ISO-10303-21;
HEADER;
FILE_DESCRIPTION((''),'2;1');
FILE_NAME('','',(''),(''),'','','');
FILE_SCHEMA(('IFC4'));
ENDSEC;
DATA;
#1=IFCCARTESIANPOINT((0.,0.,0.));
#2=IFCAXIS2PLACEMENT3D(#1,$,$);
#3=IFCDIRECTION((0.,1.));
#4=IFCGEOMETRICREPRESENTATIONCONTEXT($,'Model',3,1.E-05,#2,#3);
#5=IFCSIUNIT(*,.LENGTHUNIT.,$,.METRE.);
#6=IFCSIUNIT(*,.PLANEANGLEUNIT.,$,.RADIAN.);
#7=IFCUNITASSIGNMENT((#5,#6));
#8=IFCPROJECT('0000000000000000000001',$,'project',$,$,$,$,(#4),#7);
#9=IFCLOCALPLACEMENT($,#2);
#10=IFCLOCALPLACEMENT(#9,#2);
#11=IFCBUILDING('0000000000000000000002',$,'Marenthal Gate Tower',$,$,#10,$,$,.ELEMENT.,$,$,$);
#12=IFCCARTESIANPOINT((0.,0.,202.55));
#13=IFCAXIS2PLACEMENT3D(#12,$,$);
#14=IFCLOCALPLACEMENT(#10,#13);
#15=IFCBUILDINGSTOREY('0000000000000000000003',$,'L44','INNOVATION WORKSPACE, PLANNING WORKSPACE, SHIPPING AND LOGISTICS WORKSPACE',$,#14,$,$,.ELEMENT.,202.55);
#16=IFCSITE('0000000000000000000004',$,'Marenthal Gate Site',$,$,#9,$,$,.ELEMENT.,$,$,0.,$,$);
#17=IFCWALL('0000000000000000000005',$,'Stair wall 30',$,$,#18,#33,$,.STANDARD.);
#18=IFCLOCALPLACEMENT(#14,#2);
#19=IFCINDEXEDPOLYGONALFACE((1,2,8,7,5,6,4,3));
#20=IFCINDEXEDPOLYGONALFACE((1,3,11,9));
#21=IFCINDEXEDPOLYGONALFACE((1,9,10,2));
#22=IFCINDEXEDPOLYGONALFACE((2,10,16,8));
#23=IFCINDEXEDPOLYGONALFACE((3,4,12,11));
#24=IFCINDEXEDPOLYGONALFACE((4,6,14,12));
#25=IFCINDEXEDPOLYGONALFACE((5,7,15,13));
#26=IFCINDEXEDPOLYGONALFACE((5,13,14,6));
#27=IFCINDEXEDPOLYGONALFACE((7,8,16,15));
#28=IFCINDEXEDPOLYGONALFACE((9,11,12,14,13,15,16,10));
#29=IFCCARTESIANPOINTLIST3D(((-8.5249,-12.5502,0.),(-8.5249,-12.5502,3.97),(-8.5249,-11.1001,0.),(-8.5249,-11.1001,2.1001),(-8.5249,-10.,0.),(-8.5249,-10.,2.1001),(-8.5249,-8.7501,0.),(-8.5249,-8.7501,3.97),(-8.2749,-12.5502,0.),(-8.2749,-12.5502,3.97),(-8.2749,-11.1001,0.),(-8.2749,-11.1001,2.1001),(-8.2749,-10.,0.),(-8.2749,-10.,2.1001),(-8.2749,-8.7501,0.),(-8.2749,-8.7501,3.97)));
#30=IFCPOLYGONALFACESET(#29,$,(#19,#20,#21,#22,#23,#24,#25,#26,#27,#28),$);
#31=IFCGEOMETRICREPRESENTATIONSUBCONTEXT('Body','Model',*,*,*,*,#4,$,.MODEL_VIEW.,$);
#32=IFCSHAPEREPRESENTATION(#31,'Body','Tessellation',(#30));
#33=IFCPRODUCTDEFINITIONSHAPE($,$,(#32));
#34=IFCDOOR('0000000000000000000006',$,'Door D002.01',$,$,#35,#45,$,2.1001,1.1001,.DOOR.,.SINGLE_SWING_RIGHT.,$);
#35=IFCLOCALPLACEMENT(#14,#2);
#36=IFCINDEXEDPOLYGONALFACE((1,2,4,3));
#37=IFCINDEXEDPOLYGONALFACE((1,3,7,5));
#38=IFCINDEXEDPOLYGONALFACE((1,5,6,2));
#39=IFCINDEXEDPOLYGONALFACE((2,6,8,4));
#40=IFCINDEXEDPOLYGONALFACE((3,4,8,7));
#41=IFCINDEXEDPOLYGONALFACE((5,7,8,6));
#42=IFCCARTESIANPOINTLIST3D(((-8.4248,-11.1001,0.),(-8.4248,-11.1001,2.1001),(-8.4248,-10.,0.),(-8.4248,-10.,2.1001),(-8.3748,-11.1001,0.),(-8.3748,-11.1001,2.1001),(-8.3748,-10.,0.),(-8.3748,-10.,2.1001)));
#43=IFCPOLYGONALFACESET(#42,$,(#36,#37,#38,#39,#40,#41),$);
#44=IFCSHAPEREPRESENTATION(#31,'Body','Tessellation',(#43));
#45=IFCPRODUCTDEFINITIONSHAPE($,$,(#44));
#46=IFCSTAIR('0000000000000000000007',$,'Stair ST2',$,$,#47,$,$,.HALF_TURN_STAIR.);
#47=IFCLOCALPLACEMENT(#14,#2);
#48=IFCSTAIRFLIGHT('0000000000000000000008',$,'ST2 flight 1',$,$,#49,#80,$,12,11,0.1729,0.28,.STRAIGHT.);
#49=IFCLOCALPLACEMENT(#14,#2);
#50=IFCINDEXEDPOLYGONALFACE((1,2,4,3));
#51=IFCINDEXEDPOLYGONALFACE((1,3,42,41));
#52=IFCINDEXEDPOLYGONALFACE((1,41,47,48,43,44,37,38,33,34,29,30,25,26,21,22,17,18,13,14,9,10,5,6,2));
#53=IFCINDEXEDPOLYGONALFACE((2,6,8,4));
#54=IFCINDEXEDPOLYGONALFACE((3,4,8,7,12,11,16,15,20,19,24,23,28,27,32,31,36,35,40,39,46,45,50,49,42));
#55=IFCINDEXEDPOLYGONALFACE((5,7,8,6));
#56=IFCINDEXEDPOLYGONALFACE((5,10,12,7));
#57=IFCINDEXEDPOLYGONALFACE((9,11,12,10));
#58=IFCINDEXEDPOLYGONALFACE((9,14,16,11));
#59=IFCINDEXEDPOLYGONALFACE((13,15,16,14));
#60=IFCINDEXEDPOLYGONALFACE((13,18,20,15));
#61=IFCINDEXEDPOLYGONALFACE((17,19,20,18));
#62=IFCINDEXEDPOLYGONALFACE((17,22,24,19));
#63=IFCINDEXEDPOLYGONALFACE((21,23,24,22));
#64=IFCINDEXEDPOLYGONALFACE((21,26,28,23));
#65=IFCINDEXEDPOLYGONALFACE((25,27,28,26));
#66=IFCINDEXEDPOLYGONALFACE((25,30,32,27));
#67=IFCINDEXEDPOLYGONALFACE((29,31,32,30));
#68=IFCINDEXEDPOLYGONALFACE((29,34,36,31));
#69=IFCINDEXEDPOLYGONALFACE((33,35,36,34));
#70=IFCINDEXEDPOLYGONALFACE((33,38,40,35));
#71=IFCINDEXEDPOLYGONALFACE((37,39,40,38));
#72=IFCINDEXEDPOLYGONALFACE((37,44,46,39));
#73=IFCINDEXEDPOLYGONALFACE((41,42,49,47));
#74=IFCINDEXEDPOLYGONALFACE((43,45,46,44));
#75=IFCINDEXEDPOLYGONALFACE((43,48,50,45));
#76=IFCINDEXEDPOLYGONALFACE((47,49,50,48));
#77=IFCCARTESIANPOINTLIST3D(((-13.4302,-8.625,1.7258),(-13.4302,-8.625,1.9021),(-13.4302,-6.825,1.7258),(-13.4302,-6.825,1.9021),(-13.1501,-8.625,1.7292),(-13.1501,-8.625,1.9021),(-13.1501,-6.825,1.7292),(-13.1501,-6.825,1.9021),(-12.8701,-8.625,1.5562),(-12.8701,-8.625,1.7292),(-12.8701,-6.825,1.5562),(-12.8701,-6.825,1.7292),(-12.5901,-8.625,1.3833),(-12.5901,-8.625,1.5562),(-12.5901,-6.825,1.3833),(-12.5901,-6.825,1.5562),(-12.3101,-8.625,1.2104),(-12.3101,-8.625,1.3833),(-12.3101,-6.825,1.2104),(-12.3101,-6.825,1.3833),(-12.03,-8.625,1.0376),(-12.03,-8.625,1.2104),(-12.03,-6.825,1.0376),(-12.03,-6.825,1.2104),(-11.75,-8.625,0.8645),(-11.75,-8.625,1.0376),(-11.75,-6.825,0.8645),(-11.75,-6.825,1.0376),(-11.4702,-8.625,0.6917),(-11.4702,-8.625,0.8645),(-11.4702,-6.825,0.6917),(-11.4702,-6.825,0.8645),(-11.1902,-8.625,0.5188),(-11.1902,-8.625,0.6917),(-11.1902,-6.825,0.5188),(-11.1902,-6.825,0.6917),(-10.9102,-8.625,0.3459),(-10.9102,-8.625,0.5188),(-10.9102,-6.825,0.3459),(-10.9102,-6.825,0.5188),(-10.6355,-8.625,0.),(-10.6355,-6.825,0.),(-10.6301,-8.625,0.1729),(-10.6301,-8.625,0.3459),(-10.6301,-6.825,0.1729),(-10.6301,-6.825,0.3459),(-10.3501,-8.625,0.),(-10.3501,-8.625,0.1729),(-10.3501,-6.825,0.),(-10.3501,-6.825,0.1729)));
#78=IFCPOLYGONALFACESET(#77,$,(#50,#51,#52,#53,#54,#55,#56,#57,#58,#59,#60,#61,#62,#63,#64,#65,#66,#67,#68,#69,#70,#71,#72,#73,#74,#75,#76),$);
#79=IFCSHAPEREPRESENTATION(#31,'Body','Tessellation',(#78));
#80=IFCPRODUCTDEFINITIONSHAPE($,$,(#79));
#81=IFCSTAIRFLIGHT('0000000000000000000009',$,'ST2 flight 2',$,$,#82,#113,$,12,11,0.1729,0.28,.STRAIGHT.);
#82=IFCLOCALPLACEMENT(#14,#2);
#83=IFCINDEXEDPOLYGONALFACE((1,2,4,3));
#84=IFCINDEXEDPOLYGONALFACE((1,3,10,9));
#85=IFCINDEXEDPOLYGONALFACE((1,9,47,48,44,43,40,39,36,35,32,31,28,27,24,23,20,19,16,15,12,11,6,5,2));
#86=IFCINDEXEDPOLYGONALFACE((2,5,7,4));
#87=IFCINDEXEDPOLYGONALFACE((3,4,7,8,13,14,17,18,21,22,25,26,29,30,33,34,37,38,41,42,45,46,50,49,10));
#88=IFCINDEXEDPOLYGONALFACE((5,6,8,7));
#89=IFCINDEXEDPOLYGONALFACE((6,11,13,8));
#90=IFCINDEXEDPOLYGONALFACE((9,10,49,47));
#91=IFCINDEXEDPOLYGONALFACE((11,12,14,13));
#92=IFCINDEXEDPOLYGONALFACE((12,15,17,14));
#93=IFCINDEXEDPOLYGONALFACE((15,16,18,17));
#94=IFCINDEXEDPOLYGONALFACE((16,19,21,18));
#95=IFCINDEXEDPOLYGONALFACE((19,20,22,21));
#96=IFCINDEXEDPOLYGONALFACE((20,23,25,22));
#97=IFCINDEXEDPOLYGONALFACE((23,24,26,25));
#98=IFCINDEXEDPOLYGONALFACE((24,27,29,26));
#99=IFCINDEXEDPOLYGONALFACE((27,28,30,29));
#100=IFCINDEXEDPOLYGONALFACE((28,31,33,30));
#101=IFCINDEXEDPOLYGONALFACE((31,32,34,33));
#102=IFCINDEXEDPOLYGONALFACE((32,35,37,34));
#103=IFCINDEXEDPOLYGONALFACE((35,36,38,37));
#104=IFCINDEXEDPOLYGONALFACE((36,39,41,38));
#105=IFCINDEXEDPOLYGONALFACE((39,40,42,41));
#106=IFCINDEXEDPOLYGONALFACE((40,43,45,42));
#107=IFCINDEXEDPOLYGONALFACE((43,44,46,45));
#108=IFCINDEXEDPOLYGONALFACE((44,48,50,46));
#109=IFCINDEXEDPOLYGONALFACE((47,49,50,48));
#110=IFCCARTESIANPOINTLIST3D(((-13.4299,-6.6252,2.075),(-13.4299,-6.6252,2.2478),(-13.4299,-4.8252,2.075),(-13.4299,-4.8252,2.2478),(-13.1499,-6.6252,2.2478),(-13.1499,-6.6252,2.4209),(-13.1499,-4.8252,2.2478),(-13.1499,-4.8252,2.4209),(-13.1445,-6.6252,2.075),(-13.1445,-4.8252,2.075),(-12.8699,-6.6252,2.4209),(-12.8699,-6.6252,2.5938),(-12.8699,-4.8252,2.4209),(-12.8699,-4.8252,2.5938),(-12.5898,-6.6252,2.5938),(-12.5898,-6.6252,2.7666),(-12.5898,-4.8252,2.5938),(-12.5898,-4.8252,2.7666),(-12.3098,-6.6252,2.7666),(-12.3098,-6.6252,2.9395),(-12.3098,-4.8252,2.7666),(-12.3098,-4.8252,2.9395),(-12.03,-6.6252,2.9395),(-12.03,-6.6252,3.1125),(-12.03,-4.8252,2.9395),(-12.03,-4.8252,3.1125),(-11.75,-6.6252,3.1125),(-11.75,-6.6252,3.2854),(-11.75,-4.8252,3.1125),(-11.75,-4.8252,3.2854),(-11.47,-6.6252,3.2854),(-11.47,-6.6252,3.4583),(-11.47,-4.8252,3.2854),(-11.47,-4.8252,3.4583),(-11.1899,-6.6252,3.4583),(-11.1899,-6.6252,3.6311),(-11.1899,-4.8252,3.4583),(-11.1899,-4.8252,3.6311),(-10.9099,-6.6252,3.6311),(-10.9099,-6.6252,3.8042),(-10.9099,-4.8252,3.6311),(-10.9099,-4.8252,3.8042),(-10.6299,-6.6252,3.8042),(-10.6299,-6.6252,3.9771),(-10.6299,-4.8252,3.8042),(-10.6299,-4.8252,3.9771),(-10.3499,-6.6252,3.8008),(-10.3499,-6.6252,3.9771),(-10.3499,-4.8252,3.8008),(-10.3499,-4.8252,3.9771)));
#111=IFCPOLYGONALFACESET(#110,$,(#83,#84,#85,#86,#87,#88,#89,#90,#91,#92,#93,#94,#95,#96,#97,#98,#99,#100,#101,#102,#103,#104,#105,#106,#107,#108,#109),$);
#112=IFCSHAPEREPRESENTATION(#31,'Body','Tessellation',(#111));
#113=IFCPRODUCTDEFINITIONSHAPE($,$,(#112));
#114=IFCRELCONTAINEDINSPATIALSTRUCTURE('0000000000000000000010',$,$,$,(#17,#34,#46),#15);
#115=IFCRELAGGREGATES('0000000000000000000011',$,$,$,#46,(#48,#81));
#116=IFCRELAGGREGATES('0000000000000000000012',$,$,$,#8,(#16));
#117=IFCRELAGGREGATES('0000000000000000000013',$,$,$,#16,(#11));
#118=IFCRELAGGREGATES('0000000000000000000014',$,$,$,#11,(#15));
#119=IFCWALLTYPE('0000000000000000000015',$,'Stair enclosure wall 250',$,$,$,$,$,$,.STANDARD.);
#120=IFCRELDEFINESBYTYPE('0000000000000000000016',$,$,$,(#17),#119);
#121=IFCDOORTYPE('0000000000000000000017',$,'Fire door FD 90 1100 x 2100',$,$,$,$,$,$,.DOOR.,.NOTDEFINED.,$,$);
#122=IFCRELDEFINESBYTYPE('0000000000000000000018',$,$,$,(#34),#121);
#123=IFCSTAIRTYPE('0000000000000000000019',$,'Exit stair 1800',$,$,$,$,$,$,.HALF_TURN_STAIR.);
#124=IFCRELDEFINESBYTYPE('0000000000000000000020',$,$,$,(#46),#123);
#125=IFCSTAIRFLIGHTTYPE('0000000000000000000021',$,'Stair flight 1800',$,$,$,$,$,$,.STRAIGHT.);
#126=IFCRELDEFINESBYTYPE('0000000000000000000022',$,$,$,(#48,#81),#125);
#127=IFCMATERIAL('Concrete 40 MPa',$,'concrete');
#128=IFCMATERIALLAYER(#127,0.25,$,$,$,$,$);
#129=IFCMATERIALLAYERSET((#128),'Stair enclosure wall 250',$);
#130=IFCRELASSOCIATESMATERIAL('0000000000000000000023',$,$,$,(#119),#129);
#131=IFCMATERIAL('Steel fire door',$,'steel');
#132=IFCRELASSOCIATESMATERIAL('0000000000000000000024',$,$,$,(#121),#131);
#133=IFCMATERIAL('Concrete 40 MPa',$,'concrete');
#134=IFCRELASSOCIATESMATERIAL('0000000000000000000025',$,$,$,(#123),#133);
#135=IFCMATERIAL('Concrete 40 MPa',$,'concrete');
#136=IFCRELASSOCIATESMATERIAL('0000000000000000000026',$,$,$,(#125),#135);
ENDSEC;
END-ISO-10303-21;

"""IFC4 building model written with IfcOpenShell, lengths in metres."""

from ifc_helpers import new_model, si_unit, direction, frame, frame_2d, origin, place, context, subcontext, project, spatial, polyline, rectangle, outline, extrude, material, layer, layer_set, type_object, element, fill, aggregate, save


model = new_model("IFC4")

# Units and contexts
model_context = context("Model", 3, precision=1e-05, world=origin(), true_north=direction((0.0, 1.0)))
body_context = subcontext(model_context, "Body", "Model", "MODEL_VIEW")
ifc_project = project(units=[si_unit("LENGTHUNIT", "METRE"), si_unit("PLANEANGLEUNIT", "RADIAN")], contexts=[model_context])

# Site, building, storey
site_placement = place(None, origin())
site = spatial("IfcSite", under=ifc_project, at=site_placement, Name="Marenthal Gate Site", CompositionType="ELEMENT", RefElevation=0.0)
building_placement = place(site_placement, origin())
building = spatial("IfcBuilding", under=site, at=building_placement, Name="Marenthal Gate Tower", CompositionType="ELEMENT")
storey_placement = place(building_placement, frame((0.0, 0.0, 202.55)))
storey = spatial("IfcBuildingStorey", under=building, at=storey_placement, Name="L44", Description="INNOVATION WORKSPACE, PLANNING WORKSPACE, SHIPPING AND LOGISTICS WORKSPACE", CompositionType="ELEMENT", Elevation=202.55)

# Shared definitions
ifc_material_1 = material(Name="Concrete 40 MPa", Category="concrete")
ifc_layer_1 = layer(ifc_material_1, 0.25)
ifc_layer_set_1 = layer_set([ifc_layer_1], Name="Stair enclosure wall 250")
wall_type_1 = type_object("IfcWallType", Name="Stair enclosure wall 250", PredefinedType="STANDARD", material=ifc_layer_set_1)

# Wall, opening, door
wall_1_placement = place(storey_placement, frame((-8.3999, -12.55, 0.0), z_axis=(0.0, 0.0, 1.0), x_axis=(0.0, 1.0, 0.0)))
wall_1 = element("IfcWall", 1, at=wall_1_placement, inside=storey, type_object=wall_type_1, Name="Stair wall 30", PredefinedType="STANDARD", context=body_context, shape_type="SweptSolid", body=[
    extrude(rectangle(XDim=3.8, YDim=0.25, at=frame_2d((1.8999, 0.0))), origin(), (0.0, 0.0, 1.0), 3.97),
])
opening_1_placement = place(wall_1_placement, frame((1.45, 0.0, 0.0)))
opening_1 = element("IfcOpeningElement", 2, at=opening_1_placement, cuts=wall_1, PredefinedType="OPENING", context=body_context, shape_type="SweptSolid", body=[
    extrude(rectangle(XDim=1.1001, YDim=2.1001, at=frame_2d((0.55, 1.05))), frame((0.0, 0.135, 0.0), z_axis=(0.0, -1.0, 0.0), x_axis=(1.0, 0.0, 0.0)), (0.0, 0.0, 1.0), 0.27),
])
ifc_material_2 = material(Name="Steel fire door", Category="steel")
door_type_1 = type_object("IfcDoorType", Name="Fire door FD 90 1100 x 2100", OperationType="NOTDEFINED", PredefinedType="DOOR", material=ifc_material_2)
door_1_placement = place(opening_1_placement, origin())
door_1 = element("IfcDoor", 3, at=door_1_placement, inside=storey, type_object=door_type_1, Name="Door D002.01", OperationType="SINGLE_SWING_RIGHT", OverallHeight=2.1001, OverallWidth=1.1001, PredefinedType="DOOR", context=body_context, shape_type="SweptSolid", body=[
    extrude(rectangle(XDim=1.1001, YDim=2.1001, at=frame_2d((0.55, 1.05))), frame((0.0, 0.0249, 0.0), z_axis=(0.0, -1.0, 0.0), x_axis=(1.0, 0.0, 0.0)), (0.0, 0.0, 1.0), 0.05),
])
fill(opening_1, door_1)

# Stair, stair flights
ifc_material_3 = material(Name="Concrete 40 MPa", Category="concrete")
stair_type = type_object("IfcStairType", Name="Exit stair 1800", PredefinedType="HALF_TURN_STAIR", material=ifc_material_3)
stair_placement = place(storey_placement, origin())
stair = element("IfcStair", 4, at=stair_placement, inside=storey, type_object=stair_type, Name="Stair ST2", PredefinedType="HALF_TURN_STAIR")
ifc_material_4 = material(Name="Concrete 40 MPa", Category="concrete")
stair_flight_type = type_object("IfcStairFlightType", Name="Stair flight 1800", PredefinedType="STRAIGHT", material=ifc_material_4)
stair_flight_1_placement = place(storey_placement, frame((-10.3501, -7.7251, 0.0), z_axis=(0.0, 0.0, 1.0), x_axis=(-1.0, 0.0, 0.0)))
stair_flight_1 = element("IfcStairFlight", 5, at=stair_flight_1_placement, type_object=stair_flight_type, Name="ST2 flight 1", NumberOfRisers=12, NumberOfTreads=11, PredefinedType="STRAIGHT", RiserHeight=0.1729, TreadLength=0.28, context=body_context, shape_type="SweptSolid", body=[
    extrude(outline(polyline([(0.0, 0.0), (0.0, 0.1729), (0.28, 0.1729), (0.28, 0.3459), (0.5601, 0.3459), (0.5601, 0.5188), (0.8401, 0.5188), (0.8401, 0.6917), (1.1201, 0.6917), (1.1201, 0.8645), (1.3999, 0.8645), (1.3999, 1.0376), (1.6799, 1.0376), (1.6799, 1.2104), (1.96, 1.2104), (1.96, 1.3833), (2.24, 1.3833), (2.24, 1.5562), (2.52, 1.5562), (2.52, 1.7292), (2.8, 1.7292), (2.8, 1.9021), (3.0801, 1.9021), (3.0801, 2.075), (3.0801, 1.7258), (0.2854, 0.0), (0.0, 0.0)])), frame((0.0, 0.8999, 0.0), z_axis=(0.0, -1.0, 0.0), x_axis=(1.0, 0.0, 0.0)), (0.0, 0.0, 1.0), 1.8),
])
stair_flight_2_placement = place(storey_placement, frame((-13.4299, -5.7251, 2.075), z_axis=(0.0, 0.0, 1.0), x_axis=(1.0, 0.0, 0.0)))
stair_flight_2 = element("IfcStairFlight", 6, at=stair_flight_2_placement, type_object=stair_flight_type, Name="ST2 flight 2", NumberOfRisers=12, NumberOfTreads=11, PredefinedType="STRAIGHT", RiserHeight=0.1729, TreadLength=0.28, context=body_context, shape_type="SweptSolid", body=[
    extrude(outline(polyline([(0.0, 0.0), (0.0, 0.1729), (0.28, 0.1729), (0.28, 0.3459), (0.5601, 0.3459), (0.5601, 0.5188), (0.8401, 0.5188), (0.8401, 0.6917), (1.1201, 0.6917), (1.1201, 0.8645), (1.3999, 0.8645), (1.3999, 1.0376), (1.6799, 1.0376), (1.6799, 1.2104), (1.96, 1.2104), (1.96, 1.3833), (2.24, 1.3833), (2.24, 1.5562), (2.52, 1.5562), (2.52, 1.7292), (2.8, 1.7292), (2.8, 1.9021), (3.0801, 1.9021), (3.0801, 2.075), (3.0801, 1.7258), (0.2854, 0.0), (0.0, 0.0)])), frame((0.0, 0.8999, 0.0), z_axis=(0.0, -1.0, 0.0), x_axis=(1.0, 0.0, 0.0)), (0.0, 0.0, 1.0), 1.8),
])
aggregate(stair, [stair_flight_1, stair_flight_2])

save(model, "model.ifc")
